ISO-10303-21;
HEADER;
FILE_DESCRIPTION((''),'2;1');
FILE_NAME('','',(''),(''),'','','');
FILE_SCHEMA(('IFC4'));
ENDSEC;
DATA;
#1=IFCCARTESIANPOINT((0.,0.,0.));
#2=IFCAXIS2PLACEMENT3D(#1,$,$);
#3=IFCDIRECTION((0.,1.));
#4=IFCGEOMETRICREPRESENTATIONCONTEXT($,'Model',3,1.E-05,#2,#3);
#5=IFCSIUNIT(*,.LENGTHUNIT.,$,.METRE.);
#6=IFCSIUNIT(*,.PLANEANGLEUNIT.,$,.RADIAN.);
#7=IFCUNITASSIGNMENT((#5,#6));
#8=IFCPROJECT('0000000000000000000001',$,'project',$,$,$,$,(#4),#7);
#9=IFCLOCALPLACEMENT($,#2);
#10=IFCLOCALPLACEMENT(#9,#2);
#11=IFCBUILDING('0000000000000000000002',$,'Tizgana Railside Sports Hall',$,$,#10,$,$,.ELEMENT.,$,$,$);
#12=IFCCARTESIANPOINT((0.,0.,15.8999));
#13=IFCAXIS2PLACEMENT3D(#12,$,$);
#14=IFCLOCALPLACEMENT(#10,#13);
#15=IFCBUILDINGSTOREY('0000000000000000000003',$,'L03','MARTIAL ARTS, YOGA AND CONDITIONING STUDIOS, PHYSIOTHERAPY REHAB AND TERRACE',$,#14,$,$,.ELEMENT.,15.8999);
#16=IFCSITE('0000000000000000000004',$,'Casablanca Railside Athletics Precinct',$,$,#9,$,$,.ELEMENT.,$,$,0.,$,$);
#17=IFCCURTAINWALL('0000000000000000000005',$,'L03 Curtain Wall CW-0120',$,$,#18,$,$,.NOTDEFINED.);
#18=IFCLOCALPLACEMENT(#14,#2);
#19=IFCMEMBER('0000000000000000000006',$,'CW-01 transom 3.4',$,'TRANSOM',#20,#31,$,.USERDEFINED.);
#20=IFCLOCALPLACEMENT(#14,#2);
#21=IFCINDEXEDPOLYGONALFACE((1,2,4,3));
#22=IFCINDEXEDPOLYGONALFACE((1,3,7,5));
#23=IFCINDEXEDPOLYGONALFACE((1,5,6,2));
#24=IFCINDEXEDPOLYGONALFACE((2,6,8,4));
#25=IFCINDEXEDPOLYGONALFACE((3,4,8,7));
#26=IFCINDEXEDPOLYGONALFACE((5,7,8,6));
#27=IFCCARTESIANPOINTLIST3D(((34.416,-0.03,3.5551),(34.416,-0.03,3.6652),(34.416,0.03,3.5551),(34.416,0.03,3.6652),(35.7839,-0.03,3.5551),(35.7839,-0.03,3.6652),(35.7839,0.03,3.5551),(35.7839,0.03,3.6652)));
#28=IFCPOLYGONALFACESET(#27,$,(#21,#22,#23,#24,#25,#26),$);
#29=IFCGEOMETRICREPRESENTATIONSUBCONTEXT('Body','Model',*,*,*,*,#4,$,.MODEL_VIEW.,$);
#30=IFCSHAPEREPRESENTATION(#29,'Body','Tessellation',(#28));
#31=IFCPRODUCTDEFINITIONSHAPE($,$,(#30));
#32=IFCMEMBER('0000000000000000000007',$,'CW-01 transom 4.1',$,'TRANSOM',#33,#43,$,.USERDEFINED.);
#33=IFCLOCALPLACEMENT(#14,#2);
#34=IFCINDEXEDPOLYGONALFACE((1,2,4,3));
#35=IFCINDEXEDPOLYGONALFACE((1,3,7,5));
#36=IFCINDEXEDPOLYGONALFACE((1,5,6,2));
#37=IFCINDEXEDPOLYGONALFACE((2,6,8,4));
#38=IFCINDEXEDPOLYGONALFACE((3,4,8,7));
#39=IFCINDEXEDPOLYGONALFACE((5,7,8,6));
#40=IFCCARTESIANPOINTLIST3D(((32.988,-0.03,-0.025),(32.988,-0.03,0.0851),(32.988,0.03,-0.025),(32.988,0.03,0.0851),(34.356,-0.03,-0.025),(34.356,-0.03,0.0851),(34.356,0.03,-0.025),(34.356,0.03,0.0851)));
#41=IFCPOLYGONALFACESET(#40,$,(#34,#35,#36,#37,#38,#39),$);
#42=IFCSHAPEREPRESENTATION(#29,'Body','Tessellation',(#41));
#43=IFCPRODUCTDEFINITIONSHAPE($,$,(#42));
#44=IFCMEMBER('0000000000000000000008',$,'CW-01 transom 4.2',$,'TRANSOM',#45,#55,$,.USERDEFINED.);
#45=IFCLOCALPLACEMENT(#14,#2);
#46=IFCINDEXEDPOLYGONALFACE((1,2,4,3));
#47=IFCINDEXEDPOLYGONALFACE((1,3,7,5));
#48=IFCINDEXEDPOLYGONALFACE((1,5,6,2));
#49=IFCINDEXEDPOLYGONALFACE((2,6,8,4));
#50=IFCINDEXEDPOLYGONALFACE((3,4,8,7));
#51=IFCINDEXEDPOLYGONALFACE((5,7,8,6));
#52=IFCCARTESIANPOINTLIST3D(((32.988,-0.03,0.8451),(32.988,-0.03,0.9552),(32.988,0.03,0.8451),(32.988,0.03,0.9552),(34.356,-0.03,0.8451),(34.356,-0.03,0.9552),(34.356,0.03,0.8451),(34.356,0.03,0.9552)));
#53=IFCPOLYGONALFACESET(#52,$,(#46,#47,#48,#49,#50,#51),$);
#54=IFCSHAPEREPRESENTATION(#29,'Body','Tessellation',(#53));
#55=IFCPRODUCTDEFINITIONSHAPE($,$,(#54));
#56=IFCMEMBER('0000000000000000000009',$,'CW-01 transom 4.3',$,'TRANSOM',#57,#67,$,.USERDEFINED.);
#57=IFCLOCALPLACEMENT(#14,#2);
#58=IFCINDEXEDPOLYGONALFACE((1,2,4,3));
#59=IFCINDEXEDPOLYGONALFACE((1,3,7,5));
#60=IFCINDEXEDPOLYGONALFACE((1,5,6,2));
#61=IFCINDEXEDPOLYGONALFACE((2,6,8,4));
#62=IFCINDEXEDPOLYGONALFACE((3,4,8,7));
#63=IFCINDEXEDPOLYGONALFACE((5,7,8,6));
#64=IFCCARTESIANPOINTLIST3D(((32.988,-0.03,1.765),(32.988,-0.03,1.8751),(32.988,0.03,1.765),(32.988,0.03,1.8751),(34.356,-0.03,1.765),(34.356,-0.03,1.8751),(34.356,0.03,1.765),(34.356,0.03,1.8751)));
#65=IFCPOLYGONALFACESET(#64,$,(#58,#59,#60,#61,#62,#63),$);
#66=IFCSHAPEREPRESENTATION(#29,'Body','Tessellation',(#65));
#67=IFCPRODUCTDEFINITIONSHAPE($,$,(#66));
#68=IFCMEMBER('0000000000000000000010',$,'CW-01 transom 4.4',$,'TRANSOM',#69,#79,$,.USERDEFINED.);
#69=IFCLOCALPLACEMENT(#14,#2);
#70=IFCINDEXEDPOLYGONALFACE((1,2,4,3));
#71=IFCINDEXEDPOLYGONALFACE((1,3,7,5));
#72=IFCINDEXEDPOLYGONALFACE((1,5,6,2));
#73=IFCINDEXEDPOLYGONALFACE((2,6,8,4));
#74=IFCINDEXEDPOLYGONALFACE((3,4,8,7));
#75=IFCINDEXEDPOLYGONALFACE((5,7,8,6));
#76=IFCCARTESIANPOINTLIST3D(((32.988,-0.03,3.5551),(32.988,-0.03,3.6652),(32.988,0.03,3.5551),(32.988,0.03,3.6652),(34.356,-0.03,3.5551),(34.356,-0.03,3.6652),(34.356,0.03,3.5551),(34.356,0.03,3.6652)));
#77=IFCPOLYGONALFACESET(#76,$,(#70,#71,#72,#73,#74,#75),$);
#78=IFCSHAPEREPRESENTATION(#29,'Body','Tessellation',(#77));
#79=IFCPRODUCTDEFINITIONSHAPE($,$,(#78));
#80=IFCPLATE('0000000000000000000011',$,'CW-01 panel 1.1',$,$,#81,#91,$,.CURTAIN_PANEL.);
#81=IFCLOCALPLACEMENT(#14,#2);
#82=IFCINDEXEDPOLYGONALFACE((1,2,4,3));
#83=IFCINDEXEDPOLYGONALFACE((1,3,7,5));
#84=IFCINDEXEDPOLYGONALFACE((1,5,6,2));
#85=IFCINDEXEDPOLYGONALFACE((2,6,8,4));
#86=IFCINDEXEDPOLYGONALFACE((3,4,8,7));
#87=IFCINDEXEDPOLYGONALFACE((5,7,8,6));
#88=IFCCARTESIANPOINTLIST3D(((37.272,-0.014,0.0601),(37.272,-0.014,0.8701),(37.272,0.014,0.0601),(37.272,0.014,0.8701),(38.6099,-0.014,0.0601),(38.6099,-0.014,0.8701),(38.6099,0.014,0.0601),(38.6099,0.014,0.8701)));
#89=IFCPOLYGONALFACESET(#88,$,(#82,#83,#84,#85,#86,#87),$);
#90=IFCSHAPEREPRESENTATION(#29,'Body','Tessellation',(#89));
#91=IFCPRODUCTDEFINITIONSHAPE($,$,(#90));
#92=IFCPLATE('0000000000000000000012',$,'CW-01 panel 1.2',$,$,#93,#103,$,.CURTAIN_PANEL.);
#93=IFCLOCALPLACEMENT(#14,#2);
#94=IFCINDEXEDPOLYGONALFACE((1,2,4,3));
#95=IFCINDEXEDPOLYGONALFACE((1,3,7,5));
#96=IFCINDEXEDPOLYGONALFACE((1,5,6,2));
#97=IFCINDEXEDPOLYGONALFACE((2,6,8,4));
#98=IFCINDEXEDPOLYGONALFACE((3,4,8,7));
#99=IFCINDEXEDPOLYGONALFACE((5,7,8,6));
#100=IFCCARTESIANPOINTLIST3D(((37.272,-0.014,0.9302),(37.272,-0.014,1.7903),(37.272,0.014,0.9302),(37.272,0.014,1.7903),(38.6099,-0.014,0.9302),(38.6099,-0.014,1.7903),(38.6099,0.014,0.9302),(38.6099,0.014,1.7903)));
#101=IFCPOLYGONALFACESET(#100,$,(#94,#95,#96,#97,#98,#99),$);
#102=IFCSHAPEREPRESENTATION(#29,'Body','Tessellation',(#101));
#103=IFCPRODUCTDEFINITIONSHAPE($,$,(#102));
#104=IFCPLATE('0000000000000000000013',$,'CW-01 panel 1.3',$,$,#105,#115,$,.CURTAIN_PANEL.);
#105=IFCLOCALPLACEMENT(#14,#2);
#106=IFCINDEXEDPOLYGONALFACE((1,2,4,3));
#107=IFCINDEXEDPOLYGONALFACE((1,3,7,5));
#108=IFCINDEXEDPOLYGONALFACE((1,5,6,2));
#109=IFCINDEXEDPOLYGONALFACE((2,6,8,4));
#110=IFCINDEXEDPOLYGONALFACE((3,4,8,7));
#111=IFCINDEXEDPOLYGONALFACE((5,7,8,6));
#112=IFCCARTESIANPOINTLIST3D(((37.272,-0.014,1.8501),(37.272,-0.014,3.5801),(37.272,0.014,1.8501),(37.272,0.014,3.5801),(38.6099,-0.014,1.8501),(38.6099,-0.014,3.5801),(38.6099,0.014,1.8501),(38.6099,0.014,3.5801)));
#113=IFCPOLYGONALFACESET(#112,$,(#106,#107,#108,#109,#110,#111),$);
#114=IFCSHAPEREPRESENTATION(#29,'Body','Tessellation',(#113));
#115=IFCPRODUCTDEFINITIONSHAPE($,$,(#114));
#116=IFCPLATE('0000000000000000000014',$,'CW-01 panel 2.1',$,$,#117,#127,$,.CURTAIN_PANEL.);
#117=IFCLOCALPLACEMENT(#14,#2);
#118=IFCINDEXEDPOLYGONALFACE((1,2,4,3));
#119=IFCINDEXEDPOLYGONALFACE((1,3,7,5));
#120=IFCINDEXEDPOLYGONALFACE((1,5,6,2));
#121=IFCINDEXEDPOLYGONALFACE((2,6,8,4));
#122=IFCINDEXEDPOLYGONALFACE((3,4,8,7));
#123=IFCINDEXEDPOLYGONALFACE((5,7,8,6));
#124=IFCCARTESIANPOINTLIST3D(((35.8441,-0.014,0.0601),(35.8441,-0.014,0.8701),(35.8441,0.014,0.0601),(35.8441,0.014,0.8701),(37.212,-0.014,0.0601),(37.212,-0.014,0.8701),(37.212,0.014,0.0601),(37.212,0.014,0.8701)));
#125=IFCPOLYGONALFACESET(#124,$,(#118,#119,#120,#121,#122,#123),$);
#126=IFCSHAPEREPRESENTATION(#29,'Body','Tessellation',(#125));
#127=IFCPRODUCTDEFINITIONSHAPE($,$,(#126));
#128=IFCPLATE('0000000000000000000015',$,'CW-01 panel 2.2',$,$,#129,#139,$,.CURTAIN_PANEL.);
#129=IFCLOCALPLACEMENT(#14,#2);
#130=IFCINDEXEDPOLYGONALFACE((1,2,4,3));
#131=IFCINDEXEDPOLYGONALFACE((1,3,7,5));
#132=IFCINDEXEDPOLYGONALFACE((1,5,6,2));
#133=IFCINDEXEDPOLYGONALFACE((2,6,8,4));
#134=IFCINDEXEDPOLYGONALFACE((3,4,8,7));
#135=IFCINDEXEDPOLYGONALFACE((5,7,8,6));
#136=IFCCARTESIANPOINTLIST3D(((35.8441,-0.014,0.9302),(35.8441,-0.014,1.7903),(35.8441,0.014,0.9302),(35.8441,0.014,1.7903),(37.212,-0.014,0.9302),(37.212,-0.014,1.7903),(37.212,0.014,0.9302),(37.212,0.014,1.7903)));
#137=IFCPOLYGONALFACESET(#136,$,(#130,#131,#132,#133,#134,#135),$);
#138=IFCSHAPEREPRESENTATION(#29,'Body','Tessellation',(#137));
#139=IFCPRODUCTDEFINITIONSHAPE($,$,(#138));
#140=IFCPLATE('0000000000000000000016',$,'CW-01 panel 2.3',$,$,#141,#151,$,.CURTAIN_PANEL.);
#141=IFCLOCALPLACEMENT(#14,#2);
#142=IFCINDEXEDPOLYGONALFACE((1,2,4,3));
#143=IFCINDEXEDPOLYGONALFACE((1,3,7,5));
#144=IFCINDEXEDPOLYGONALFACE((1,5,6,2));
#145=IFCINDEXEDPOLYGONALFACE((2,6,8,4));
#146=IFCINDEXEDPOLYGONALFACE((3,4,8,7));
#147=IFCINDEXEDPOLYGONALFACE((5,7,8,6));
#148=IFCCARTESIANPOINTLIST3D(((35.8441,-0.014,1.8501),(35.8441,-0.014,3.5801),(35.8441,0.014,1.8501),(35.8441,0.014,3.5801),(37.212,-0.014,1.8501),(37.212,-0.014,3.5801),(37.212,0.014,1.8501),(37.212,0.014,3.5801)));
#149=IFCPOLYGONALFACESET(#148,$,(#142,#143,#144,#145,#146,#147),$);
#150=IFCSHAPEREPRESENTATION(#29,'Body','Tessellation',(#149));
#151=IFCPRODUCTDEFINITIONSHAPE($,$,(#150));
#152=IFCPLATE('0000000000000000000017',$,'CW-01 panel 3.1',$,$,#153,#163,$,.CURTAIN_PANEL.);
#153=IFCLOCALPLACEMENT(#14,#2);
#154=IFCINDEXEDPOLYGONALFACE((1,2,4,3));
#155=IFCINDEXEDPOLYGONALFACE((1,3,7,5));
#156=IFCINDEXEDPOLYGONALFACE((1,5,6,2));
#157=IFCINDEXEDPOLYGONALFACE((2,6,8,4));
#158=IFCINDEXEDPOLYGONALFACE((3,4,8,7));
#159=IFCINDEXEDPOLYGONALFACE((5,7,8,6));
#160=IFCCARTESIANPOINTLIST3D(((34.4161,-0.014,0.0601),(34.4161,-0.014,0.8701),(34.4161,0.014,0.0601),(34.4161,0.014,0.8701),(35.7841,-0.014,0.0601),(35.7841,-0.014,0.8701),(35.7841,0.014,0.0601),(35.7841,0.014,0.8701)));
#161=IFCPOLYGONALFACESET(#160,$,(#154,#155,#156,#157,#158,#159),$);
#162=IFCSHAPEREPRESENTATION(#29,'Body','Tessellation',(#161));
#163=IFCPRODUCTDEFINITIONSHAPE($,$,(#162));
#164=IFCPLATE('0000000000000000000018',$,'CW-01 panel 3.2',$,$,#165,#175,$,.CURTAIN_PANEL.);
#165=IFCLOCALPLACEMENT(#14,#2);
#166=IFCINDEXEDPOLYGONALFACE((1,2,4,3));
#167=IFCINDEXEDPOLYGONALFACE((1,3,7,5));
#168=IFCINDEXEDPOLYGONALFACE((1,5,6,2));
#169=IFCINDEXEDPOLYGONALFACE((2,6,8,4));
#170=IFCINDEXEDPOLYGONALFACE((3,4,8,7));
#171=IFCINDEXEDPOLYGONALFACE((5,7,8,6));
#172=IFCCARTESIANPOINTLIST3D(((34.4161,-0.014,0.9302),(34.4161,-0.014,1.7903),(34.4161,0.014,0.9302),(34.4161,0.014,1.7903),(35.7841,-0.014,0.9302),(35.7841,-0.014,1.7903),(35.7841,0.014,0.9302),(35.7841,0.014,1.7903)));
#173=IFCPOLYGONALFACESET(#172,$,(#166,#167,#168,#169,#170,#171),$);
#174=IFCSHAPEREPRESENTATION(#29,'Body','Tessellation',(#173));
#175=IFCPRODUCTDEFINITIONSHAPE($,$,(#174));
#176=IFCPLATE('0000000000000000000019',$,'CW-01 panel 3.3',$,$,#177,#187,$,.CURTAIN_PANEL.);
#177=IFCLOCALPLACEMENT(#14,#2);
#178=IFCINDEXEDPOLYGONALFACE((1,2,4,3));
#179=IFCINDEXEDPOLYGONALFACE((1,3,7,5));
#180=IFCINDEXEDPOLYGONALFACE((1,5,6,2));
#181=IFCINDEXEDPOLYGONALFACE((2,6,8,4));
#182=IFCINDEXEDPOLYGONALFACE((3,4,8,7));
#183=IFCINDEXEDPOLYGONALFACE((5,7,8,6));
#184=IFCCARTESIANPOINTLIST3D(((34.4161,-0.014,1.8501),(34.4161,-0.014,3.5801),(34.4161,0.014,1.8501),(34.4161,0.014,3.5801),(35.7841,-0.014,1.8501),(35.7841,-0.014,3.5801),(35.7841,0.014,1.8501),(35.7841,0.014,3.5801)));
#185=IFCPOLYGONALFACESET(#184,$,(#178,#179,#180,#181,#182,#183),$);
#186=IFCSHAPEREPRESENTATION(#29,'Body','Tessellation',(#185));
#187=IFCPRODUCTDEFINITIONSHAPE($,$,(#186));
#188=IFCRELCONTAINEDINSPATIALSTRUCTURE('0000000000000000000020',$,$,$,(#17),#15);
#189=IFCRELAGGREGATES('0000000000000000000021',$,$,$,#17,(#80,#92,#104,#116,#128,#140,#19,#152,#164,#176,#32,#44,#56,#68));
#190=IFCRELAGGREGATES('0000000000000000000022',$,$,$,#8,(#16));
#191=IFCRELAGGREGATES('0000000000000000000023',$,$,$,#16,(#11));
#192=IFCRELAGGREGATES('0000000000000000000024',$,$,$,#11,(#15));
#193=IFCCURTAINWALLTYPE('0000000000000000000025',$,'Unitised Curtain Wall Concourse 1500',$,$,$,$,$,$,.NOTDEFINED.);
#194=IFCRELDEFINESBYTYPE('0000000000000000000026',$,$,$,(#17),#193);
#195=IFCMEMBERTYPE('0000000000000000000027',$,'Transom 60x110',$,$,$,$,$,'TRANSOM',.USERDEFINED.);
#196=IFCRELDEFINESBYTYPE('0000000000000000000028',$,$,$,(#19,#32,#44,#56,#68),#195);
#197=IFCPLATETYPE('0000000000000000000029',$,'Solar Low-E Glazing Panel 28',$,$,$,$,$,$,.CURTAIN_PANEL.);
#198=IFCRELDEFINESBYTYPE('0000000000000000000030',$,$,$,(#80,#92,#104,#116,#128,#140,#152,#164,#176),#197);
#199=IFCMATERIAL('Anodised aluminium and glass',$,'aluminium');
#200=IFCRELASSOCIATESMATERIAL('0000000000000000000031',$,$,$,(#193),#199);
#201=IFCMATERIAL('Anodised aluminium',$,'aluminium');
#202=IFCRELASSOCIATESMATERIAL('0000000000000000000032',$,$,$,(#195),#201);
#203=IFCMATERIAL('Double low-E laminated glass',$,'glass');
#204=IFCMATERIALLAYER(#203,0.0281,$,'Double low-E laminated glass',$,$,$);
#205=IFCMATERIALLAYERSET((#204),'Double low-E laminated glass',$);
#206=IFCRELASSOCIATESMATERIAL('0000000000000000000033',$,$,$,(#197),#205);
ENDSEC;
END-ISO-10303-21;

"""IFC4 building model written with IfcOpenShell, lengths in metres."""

from ifc_helpers import new_model, si_unit, direction, frame, origin, origin_2d, place, context, subcontext, project, spatial, rectangle, extrude, material, layer, layer_set, material_profile, profile_set, type_object, element, aggregate, save


model = new_model("IFC4")

# Units and contexts
model_context = context("Model", 3, precision=1e-05, world=origin(), true_north=direction((0.0, 1.0)))
body_context = subcontext(model_context, "Body", "Model", "MODEL_VIEW")
ifc_project = project(units=[si_unit("LENGTHUNIT", "METRE"), si_unit("PLANEANGLEUNIT", "RADIAN")], contexts=[model_context])

# Site, building, storey
site_placement = place(None, origin())
site = spatial("IfcSite", under=ifc_project, at=site_placement, Name="Casablanca Railside Athletics Precinct", CompositionType="ELEMENT", RefElevation=0.0)
building_placement = place(site_placement, origin())
building = spatial("IfcBuilding", under=site, at=building_placement, Name="Tizgana Railside Sports Hall", CompositionType="ELEMENT")
storey_placement = place(building_placement, frame((0.0, 0.0, 15.8999)))
storey = spatial("IfcBuildingStorey", under=building, at=storey_placement, Name="L03", Description="MARTIAL ARTS, YOGA AND CONDITIONING STUDIOS, PHYSIOTHERAPY REHAB AND TERRACE", CompositionType="ELEMENT", Elevation=15.8999)

# Curtain wall, members, plates
ifc_material_1 = material(Name="Anodised aluminium and glass", Category="aluminium")
curtain_wall_type = type_object("IfcCurtainWallType", Name="Unitised Curtain Wall Concourse 1500", PredefinedType="NOTDEFINED", material=ifc_material_1)
curtain_wall_placement = place(storey_placement, origin())
curtain_wall = element("IfcCurtainWall", 1, at=curtain_wall_placement, inside=storey, type_object=curtain_wall_type, Name="L03 Curtain Wall CW-0120", PredefinedType="NOTDEFINED")
ifc_material_2 = material(Name="Anodised aluminium", Category="aluminium")
ifc_material_profile_1 = material_profile(ifc_material_2, rectangle(XDim=0.0601, YDim=0.1101, at=origin_2d()), Name="Transom 60x110")
ifc_profile_set_1 = profile_set([ifc_material_profile_1], Name="Anodised aluminium")
member_type_1 = type_object("IfcMemberType", Name="Transom 60x110", ElementType="TRANSOM", PredefinedType="USERDEFINED", material=ifc_profile_set_1)
member_1_placement = place(storey_placement, frame((35.7839, 0.0, 3.6101), z_axis=(-1.0, 0.0, 0.0), x_axis=(0.0, -1.0, 0.0)))
member_1 = element("IfcMember", 2, at=member_1_placement, type_object=member_type_1, Name="CW-01 transom 3.4", ObjectType="TRANSOM", PredefinedType="USERDEFINED", context=body_context, shape_type="SweptSolid", body=[
    extrude(rectangle(XDim=0.0601, YDim=0.1101, at=origin_2d()), origin(), (0.0, 0.0, 1.0), 1.3679),
])
member_2_placement = place(storey_placement, frame((34.356, 0.0, 0.03), z_axis=(-1.0, 0.0, 0.0), x_axis=(0.0, -1.0, 0.0)))
member_2 = element("IfcMember", 3, at=member_2_placement, type_object=member_type_1, Name="CW-01 transom 4.1", ObjectType="TRANSOM", PredefinedType="USERDEFINED", context=body_context, shape_type="SweptSolid", body=[
    extrude(rectangle(XDim=0.0601, YDim=0.1101, at=origin_2d()), origin(), (0.0, 0.0, 1.0), 1.3679),
])
member_3_placement = place(storey_placement, frame((34.356, 0.0, 0.9001), z_axis=(-1.0, 0.0, 0.0), x_axis=(0.0, -1.0, 0.0)))
member_3 = element("IfcMember", 4, at=member_3_placement, type_object=member_type_1, Name="CW-01 transom 4.2", ObjectType="TRANSOM", PredefinedType="USERDEFINED", context=body_context, shape_type="SweptSolid", body=[
    extrude(rectangle(XDim=0.0601, YDim=0.1101, at=origin_2d()), origin(), (0.0, 0.0, 1.0), 1.3679),
])
member_4_placement = place(storey_placement, frame((34.356, 0.0, 1.8201), z_axis=(-1.0, 0.0, 0.0), x_axis=(0.0, -1.0, 0.0)))
member_4 = element("IfcMember", 5, at=member_4_placement, type_object=member_type_1, Name="CW-01 transom 4.3", ObjectType="TRANSOM", PredefinedType="USERDEFINED", context=body_context, shape_type="SweptSolid", body=[
    extrude(rectangle(XDim=0.0601, YDim=0.1101, at=origin_2d()), origin(), (0.0, 0.0, 1.0), 1.3679),
])
member_5_placement = place(storey_placement, frame((34.356, 0.0, 3.6101), z_axis=(-1.0, 0.0, 0.0), x_axis=(0.0, -1.0, 0.0)))
member_5 = element("IfcMember", 6, at=member_5_placement, type_object=member_type_1, Name="CW-01 transom 4.4", ObjectType="TRANSOM", PredefinedType="USERDEFINED", context=body_context, shape_type="SweptSolid", body=[
    extrude(rectangle(XDim=0.0601, YDim=0.1101, at=origin_2d()), origin(), (0.0, 0.0, 1.0), 1.3679),
])
ifc_material_3 = material(Name="Double low-E laminated glass", Category="glass")
ifc_layer_1 = layer(ifc_material_3, 0.0281, Name="Double low-E laminated glass")
ifc_layer_set_1 = layer_set([ifc_layer_1], Name="Double low-E laminated glass")
plate_type = type_object("IfcPlateType", Name="Solar Low-E Glazing Panel 28", PredefinedType="CURTAIN_PANEL", material=ifc_layer_set_1)
plate_1_placement = place(storey_placement, frame((37.9409, 0.0, 0.0601), z_axis=(0.0, 0.0, 1.0), x_axis=(-1.0, 0.0, 0.0)))
plate_1 = element("IfcPlate", 7, at=plate_1_placement, type_object=plate_type, Name="CW-01 panel 1.1", PredefinedType="CURTAIN_PANEL", context=body_context, shape_type="SweptSolid", body=[
    extrude(rectangle(XDim=1.3379, YDim=0.0281, at=origin_2d()), origin(), (0.0, 0.0, 1.0), 0.8101),
])
plate_2_placement = place(storey_placement, frame((37.9409, 0.0, 0.9302), z_axis=(0.0, 0.0, 1.0), x_axis=(-1.0, 0.0, 0.0)))
plate_2 = element("IfcPlate", 8, at=plate_2_placement, type_object=plate_type, Name="CW-01 panel 1.2", PredefinedType="CURTAIN_PANEL", context=body_context, shape_type="SweptSolid", body=[
    extrude(rectangle(XDim=1.3379, YDim=0.0281, at=origin_2d()), origin(), (0.0, 0.0, 1.0), 0.8601),
])
plate_3_placement = place(storey_placement, frame((37.9409, 0.0, 1.8501), z_axis=(0.0, 0.0, 1.0), x_axis=(-1.0, 0.0, 0.0)))
plate_3 = element("IfcPlate", 9, at=plate_3_placement, type_object=plate_type, Name="CW-01 panel 1.3", PredefinedType="CURTAIN_PANEL", context=body_context, shape_type="SweptSolid", body=[
    extrude(rectangle(XDim=1.3379, YDim=0.0281, at=origin_2d()), origin(), (0.0, 0.0, 1.0), 1.73),
])
plate_4_placement = place(storey_placement, frame((36.5281, 0.0, 0.0601), z_axis=(0.0, 0.0, 1.0), x_axis=(-1.0, 0.0, 0.0)))
plate_4 = element("IfcPlate", 10, at=plate_4_placement, type_object=plate_type, Name="CW-01 panel 2.1", PredefinedType="CURTAIN_PANEL", context=body_context, shape_type="SweptSolid", body=[
    extrude(rectangle(XDim=1.3679, YDim=0.0281, at=origin_2d()), origin(), (0.0, 0.0, 1.0), 0.8101),
])
plate_5_placement = place(storey_placement, frame((36.5281, 0.0, 0.9302), z_axis=(0.0, 0.0, 1.0), x_axis=(-1.0, 0.0, 0.0)))
plate_5 = element("IfcPlate", 11, at=plate_5_placement, type_object=plate_type, Name="CW-01 panel 2.2", PredefinedType="CURTAIN_PANEL", context=body_context, shape_type="SweptSolid", body=[
    extrude(rectangle(XDim=1.3679, YDim=0.0281, at=origin_2d()), origin(), (0.0, 0.0, 1.0), 0.8601),
])
plate_6_placement = place(storey_placement, frame((36.5281, 0.0, 1.8501), z_axis=(0.0, 0.0, 1.0), x_axis=(-1.0, 0.0, 0.0)))
plate_6 = element("IfcPlate", 12, at=plate_6_placement, type_object=plate_type, Name="CW-01 panel 2.3", PredefinedType="CURTAIN_PANEL", context=body_context, shape_type="SweptSolid", body=[
    extrude(rectangle(XDim=1.3679, YDim=0.0281, at=origin_2d()), origin(), (0.0, 0.0, 1.0), 1.73),
])
plate_7_placement = place(storey_placement, frame((35.1001, 0.0, 0.0601), z_axis=(0.0, 0.0, 1.0), x_axis=(-1.0, 0.0, 0.0)))
plate_7 = element("IfcPlate", 13, at=plate_7_placement, type_object=plate_type, Name="CW-01 panel 3.1", PredefinedType="CURTAIN_PANEL", context=body_context, shape_type="SweptSolid", body=[
    extrude(rectangle(XDim=1.3679, YDim=0.0281, at=origin_2d()), origin(), (0.0, 0.0, 1.0), 0.8101),
])
plate_8_placement = place(storey_placement, frame((35.1001, 0.0, 0.9302), z_axis=(0.0, 0.0, 1.0), x_axis=(-1.0, 0.0, 0.0)))
plate_8 = element("IfcPlate", 14, at=plate_8_placement, type_object=plate_type, Name="CW-01 panel 3.2", PredefinedType="CURTAIN_PANEL", context=body_context, shape_type="SweptSolid", body=[
    extrude(rectangle(XDim=1.3679, YDim=0.0281, at=origin_2d()), origin(), (0.0, 0.0, 1.0), 0.8601),
])
plate_9_placement = place(storey_placement, frame((35.1001, 0.0, 1.8501), z_axis=(0.0, 0.0, 1.0), x_axis=(-1.0, 0.0, 0.0)))
plate_9 = element("IfcPlate", 15, at=plate_9_placement, type_object=plate_type, Name="CW-01 panel 3.3", PredefinedType="CURTAIN_PANEL", context=body_context, shape_type="SweptSolid", body=[
    extrude(rectangle(XDim=1.3679, YDim=0.0281, at=origin_2d()), origin(), (0.0, 0.0, 1.0), 1.73),
])
aggregate(curtain_wall, [plate_1, plate_2, plate_3, plate_4, plate_5, plate_6, member_1, plate_7, plate_8, plate_9, member_2, member_3, member_4, member_5])

save(model, "model.ifc")
